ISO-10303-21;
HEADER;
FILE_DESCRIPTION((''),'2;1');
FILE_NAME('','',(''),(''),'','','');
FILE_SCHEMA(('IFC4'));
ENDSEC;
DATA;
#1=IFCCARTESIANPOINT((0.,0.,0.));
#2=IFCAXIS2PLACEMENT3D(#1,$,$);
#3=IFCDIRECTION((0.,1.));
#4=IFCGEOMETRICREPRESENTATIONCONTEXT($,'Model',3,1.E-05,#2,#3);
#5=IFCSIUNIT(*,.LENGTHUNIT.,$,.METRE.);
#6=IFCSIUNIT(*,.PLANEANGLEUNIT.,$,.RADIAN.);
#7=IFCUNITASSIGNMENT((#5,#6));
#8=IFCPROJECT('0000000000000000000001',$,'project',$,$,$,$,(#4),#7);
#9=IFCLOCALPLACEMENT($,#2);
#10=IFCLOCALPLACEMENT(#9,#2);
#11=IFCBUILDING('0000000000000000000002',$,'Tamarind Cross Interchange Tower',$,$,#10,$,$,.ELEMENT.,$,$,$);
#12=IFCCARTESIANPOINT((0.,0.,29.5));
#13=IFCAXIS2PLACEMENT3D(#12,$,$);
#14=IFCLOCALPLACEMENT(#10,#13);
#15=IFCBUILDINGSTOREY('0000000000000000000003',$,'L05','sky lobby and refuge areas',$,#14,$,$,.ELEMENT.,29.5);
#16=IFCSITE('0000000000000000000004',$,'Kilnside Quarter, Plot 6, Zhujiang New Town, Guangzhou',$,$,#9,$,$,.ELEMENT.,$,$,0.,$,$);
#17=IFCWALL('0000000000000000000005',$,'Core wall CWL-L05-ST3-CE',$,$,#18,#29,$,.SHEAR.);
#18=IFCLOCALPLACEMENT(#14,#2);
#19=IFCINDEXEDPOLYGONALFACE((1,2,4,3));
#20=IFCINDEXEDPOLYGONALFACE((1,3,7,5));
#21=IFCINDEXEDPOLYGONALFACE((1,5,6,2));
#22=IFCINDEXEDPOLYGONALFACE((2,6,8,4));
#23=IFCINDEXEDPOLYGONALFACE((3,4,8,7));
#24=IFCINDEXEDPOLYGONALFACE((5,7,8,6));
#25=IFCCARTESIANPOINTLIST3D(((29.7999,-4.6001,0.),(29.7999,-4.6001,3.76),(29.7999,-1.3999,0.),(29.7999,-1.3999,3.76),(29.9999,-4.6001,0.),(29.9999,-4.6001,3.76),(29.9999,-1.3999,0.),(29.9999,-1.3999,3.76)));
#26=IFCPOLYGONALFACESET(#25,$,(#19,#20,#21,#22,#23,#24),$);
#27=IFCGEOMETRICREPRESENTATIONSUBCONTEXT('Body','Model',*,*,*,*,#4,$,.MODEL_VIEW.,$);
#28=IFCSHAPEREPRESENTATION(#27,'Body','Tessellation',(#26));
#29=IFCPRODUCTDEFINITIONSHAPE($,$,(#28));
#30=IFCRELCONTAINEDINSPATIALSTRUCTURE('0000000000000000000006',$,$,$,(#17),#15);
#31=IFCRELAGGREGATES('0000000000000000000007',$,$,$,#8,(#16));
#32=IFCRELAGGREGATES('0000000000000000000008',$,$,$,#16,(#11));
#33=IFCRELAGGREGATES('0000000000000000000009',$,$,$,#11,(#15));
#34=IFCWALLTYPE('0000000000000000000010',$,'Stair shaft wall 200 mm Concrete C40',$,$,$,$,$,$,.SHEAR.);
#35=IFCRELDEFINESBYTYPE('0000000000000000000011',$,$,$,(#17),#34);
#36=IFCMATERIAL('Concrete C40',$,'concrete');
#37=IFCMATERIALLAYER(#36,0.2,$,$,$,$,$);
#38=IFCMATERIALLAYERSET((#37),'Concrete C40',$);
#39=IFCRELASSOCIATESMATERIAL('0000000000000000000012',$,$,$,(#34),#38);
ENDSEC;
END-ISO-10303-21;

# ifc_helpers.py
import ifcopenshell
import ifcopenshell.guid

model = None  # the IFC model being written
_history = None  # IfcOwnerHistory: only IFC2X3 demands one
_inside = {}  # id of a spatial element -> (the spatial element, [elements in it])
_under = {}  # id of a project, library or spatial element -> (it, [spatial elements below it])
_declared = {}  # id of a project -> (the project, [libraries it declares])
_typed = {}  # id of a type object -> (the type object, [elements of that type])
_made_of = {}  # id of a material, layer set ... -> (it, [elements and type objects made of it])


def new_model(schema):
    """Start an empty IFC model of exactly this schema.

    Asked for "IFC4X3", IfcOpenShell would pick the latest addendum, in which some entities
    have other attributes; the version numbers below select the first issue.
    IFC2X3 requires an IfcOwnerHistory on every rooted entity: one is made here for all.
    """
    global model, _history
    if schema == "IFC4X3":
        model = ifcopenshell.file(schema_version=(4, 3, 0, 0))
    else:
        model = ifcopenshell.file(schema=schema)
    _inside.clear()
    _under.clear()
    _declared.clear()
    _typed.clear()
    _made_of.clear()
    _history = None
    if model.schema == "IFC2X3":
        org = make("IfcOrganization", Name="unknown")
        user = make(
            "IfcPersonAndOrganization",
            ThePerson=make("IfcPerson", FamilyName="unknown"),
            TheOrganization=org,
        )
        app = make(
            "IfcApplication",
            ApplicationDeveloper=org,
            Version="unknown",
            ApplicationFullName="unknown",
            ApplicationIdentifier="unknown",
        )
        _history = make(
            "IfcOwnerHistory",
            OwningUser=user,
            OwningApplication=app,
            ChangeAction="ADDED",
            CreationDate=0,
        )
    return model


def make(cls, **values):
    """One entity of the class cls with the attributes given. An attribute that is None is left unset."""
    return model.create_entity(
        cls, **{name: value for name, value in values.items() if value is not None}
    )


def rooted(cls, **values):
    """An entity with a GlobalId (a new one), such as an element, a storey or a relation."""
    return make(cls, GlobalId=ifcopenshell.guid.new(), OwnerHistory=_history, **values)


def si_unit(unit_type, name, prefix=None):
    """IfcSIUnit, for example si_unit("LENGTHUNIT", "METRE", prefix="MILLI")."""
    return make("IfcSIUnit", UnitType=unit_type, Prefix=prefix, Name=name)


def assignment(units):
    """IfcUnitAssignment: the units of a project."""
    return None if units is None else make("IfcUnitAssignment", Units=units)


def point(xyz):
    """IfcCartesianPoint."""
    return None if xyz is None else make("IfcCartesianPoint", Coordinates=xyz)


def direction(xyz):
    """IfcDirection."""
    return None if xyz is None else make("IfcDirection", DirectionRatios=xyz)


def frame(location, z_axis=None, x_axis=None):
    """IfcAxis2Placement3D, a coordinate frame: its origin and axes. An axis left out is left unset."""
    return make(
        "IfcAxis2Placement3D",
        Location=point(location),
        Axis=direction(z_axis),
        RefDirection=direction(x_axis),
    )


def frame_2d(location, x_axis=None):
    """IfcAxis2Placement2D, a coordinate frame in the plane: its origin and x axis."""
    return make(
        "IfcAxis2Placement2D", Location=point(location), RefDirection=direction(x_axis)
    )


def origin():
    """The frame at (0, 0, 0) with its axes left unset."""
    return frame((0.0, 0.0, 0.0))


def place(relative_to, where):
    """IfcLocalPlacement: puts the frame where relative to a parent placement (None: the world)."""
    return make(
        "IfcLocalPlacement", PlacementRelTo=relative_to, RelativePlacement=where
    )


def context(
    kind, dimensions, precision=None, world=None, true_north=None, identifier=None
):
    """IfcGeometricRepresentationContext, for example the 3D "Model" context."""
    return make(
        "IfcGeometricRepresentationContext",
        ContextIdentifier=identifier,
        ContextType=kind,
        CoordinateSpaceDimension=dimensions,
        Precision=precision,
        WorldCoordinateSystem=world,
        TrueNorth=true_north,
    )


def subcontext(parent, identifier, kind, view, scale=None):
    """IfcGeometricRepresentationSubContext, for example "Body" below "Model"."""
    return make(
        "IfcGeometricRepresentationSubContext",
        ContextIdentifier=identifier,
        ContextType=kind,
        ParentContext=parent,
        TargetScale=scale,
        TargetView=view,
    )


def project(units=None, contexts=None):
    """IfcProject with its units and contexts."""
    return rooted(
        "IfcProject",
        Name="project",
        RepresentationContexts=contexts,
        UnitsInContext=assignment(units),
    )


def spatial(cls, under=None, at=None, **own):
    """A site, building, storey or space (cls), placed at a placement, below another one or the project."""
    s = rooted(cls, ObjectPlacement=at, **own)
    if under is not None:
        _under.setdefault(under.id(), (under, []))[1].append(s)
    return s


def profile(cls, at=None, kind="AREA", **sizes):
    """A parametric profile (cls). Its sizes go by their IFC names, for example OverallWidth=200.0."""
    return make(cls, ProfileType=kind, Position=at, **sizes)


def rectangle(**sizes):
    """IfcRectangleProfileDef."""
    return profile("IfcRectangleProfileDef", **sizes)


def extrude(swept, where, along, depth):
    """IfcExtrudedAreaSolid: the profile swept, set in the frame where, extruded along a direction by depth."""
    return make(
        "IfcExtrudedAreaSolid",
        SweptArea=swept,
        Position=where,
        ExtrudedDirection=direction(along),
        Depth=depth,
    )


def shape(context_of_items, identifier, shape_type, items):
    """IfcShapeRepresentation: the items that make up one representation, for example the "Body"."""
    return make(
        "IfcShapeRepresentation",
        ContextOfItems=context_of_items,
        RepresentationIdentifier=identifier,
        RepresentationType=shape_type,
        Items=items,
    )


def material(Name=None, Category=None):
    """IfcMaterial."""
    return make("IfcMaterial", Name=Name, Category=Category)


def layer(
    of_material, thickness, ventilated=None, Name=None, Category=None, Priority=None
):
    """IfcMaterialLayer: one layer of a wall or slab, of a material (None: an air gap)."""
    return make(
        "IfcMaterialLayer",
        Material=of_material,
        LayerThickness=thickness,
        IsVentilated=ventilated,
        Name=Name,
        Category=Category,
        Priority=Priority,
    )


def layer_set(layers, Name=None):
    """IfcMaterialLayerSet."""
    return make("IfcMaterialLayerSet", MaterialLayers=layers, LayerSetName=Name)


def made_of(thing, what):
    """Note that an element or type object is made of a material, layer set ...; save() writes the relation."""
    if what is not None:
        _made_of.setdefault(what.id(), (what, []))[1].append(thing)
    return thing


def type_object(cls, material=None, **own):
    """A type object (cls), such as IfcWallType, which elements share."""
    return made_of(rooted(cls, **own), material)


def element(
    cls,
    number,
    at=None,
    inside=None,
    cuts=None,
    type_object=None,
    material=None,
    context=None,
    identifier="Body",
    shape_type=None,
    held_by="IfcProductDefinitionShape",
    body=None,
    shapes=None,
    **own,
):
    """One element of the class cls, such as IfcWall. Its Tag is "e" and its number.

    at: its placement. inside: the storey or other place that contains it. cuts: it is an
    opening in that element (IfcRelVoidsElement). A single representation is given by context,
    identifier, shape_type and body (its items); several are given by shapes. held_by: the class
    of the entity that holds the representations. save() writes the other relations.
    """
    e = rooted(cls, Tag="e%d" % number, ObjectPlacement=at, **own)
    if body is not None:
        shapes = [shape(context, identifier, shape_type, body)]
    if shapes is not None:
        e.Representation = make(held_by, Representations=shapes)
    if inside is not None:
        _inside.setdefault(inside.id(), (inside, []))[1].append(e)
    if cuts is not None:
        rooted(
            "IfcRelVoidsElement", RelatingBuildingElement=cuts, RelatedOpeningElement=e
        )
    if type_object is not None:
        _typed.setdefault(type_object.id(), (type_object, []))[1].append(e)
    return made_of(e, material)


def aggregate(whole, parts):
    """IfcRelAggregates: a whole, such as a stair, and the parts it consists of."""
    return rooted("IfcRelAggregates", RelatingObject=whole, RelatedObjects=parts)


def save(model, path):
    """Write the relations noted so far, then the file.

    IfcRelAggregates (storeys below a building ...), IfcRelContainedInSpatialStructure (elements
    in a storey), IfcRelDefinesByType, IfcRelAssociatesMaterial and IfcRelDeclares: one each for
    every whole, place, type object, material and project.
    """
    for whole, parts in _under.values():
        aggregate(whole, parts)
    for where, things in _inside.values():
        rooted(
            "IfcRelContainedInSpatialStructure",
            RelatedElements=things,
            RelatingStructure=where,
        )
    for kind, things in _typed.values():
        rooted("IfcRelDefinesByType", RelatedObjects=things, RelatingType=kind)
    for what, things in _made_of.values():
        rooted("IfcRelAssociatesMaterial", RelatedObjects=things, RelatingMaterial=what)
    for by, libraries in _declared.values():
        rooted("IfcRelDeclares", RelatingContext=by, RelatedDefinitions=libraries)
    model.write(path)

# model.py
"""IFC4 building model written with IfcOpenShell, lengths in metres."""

from ifc_helpers import new_model, si_unit, direction, frame, frame_2d, origin, place, context, subcontext, project, spatial, rectangle, extrude, material, layer, layer_set, type_object, element, save


model = new_model("IFC4")

# Units and contexts
model_context = context("Model", 3, precision=1e-05, world=origin(), true_north=direction((0.0, 1.0)))
body_context = subcontext(model_context, "Body", "Model", "MODEL_VIEW")
ifc_project = project(units=[si_unit("LENGTHUNIT", "METRE"), si_unit("PLANEANGLEUNIT", "RADIAN")], contexts=[model_context])

# Site, building, storey
site_placement = place(None, origin())
site = spatial("IfcSite", under=ifc_project, at=site_placement, Name="Kilnside Quarter, Plot 6, Zhujiang New Town, Guangzhou", CompositionType="ELEMENT", RefElevation=0.0)
building_placement = place(site_placement, origin())
building = spatial("IfcBuilding", under=site, at=building_placement, Name="Tamarind Cross Interchange Tower", CompositionType="ELEMENT")
storey_placement = place(building_placement, frame((0.0, 0.0, 29.5)))
storey = spatial("IfcBuildingStorey", under=building, at=storey_placement, Name="L05", Description="sky lobby and refuge areas", CompositionType="ELEMENT", Elevation=29.5)

# Shared definitions
ifc_material_1 = material(Name="Concrete C40", Category="concrete")
ifc_layer_1 = layer(ifc_material_1, 0.2)
ifc_layer_set_1 = layer_set([ifc_layer_1], Name="Concrete C40")
wall_type_1 = type_object("IfcWallType", Name="Stair shaft wall 200 mm Concrete C40", PredefinedType="SHEAR", material=ifc_layer_set_1)

# Wall
wall_1_placement = place(storey_placement, frame((29.8999, -4.6001, 0.0), z_axis=(0.0, 0.0, 1.0), x_axis=(0.0, 1.0, 0.0)))
element("IfcWall", 1, at=wall_1_placement, inside=storey, type_object=wall_type_1, Name="Core wall CWL-L05-ST3-CE", PredefinedType="SHEAR", context=body_context, shape_type="SweptSolid", body=[
    extrude(rectangle(XDim=3.2002, YDim=0.2, at=frame_2d((1.6001, 0.0))), origin(), (0.0, 0.0, 1.0), 3.76),
])

save(model, "model.ifc")
